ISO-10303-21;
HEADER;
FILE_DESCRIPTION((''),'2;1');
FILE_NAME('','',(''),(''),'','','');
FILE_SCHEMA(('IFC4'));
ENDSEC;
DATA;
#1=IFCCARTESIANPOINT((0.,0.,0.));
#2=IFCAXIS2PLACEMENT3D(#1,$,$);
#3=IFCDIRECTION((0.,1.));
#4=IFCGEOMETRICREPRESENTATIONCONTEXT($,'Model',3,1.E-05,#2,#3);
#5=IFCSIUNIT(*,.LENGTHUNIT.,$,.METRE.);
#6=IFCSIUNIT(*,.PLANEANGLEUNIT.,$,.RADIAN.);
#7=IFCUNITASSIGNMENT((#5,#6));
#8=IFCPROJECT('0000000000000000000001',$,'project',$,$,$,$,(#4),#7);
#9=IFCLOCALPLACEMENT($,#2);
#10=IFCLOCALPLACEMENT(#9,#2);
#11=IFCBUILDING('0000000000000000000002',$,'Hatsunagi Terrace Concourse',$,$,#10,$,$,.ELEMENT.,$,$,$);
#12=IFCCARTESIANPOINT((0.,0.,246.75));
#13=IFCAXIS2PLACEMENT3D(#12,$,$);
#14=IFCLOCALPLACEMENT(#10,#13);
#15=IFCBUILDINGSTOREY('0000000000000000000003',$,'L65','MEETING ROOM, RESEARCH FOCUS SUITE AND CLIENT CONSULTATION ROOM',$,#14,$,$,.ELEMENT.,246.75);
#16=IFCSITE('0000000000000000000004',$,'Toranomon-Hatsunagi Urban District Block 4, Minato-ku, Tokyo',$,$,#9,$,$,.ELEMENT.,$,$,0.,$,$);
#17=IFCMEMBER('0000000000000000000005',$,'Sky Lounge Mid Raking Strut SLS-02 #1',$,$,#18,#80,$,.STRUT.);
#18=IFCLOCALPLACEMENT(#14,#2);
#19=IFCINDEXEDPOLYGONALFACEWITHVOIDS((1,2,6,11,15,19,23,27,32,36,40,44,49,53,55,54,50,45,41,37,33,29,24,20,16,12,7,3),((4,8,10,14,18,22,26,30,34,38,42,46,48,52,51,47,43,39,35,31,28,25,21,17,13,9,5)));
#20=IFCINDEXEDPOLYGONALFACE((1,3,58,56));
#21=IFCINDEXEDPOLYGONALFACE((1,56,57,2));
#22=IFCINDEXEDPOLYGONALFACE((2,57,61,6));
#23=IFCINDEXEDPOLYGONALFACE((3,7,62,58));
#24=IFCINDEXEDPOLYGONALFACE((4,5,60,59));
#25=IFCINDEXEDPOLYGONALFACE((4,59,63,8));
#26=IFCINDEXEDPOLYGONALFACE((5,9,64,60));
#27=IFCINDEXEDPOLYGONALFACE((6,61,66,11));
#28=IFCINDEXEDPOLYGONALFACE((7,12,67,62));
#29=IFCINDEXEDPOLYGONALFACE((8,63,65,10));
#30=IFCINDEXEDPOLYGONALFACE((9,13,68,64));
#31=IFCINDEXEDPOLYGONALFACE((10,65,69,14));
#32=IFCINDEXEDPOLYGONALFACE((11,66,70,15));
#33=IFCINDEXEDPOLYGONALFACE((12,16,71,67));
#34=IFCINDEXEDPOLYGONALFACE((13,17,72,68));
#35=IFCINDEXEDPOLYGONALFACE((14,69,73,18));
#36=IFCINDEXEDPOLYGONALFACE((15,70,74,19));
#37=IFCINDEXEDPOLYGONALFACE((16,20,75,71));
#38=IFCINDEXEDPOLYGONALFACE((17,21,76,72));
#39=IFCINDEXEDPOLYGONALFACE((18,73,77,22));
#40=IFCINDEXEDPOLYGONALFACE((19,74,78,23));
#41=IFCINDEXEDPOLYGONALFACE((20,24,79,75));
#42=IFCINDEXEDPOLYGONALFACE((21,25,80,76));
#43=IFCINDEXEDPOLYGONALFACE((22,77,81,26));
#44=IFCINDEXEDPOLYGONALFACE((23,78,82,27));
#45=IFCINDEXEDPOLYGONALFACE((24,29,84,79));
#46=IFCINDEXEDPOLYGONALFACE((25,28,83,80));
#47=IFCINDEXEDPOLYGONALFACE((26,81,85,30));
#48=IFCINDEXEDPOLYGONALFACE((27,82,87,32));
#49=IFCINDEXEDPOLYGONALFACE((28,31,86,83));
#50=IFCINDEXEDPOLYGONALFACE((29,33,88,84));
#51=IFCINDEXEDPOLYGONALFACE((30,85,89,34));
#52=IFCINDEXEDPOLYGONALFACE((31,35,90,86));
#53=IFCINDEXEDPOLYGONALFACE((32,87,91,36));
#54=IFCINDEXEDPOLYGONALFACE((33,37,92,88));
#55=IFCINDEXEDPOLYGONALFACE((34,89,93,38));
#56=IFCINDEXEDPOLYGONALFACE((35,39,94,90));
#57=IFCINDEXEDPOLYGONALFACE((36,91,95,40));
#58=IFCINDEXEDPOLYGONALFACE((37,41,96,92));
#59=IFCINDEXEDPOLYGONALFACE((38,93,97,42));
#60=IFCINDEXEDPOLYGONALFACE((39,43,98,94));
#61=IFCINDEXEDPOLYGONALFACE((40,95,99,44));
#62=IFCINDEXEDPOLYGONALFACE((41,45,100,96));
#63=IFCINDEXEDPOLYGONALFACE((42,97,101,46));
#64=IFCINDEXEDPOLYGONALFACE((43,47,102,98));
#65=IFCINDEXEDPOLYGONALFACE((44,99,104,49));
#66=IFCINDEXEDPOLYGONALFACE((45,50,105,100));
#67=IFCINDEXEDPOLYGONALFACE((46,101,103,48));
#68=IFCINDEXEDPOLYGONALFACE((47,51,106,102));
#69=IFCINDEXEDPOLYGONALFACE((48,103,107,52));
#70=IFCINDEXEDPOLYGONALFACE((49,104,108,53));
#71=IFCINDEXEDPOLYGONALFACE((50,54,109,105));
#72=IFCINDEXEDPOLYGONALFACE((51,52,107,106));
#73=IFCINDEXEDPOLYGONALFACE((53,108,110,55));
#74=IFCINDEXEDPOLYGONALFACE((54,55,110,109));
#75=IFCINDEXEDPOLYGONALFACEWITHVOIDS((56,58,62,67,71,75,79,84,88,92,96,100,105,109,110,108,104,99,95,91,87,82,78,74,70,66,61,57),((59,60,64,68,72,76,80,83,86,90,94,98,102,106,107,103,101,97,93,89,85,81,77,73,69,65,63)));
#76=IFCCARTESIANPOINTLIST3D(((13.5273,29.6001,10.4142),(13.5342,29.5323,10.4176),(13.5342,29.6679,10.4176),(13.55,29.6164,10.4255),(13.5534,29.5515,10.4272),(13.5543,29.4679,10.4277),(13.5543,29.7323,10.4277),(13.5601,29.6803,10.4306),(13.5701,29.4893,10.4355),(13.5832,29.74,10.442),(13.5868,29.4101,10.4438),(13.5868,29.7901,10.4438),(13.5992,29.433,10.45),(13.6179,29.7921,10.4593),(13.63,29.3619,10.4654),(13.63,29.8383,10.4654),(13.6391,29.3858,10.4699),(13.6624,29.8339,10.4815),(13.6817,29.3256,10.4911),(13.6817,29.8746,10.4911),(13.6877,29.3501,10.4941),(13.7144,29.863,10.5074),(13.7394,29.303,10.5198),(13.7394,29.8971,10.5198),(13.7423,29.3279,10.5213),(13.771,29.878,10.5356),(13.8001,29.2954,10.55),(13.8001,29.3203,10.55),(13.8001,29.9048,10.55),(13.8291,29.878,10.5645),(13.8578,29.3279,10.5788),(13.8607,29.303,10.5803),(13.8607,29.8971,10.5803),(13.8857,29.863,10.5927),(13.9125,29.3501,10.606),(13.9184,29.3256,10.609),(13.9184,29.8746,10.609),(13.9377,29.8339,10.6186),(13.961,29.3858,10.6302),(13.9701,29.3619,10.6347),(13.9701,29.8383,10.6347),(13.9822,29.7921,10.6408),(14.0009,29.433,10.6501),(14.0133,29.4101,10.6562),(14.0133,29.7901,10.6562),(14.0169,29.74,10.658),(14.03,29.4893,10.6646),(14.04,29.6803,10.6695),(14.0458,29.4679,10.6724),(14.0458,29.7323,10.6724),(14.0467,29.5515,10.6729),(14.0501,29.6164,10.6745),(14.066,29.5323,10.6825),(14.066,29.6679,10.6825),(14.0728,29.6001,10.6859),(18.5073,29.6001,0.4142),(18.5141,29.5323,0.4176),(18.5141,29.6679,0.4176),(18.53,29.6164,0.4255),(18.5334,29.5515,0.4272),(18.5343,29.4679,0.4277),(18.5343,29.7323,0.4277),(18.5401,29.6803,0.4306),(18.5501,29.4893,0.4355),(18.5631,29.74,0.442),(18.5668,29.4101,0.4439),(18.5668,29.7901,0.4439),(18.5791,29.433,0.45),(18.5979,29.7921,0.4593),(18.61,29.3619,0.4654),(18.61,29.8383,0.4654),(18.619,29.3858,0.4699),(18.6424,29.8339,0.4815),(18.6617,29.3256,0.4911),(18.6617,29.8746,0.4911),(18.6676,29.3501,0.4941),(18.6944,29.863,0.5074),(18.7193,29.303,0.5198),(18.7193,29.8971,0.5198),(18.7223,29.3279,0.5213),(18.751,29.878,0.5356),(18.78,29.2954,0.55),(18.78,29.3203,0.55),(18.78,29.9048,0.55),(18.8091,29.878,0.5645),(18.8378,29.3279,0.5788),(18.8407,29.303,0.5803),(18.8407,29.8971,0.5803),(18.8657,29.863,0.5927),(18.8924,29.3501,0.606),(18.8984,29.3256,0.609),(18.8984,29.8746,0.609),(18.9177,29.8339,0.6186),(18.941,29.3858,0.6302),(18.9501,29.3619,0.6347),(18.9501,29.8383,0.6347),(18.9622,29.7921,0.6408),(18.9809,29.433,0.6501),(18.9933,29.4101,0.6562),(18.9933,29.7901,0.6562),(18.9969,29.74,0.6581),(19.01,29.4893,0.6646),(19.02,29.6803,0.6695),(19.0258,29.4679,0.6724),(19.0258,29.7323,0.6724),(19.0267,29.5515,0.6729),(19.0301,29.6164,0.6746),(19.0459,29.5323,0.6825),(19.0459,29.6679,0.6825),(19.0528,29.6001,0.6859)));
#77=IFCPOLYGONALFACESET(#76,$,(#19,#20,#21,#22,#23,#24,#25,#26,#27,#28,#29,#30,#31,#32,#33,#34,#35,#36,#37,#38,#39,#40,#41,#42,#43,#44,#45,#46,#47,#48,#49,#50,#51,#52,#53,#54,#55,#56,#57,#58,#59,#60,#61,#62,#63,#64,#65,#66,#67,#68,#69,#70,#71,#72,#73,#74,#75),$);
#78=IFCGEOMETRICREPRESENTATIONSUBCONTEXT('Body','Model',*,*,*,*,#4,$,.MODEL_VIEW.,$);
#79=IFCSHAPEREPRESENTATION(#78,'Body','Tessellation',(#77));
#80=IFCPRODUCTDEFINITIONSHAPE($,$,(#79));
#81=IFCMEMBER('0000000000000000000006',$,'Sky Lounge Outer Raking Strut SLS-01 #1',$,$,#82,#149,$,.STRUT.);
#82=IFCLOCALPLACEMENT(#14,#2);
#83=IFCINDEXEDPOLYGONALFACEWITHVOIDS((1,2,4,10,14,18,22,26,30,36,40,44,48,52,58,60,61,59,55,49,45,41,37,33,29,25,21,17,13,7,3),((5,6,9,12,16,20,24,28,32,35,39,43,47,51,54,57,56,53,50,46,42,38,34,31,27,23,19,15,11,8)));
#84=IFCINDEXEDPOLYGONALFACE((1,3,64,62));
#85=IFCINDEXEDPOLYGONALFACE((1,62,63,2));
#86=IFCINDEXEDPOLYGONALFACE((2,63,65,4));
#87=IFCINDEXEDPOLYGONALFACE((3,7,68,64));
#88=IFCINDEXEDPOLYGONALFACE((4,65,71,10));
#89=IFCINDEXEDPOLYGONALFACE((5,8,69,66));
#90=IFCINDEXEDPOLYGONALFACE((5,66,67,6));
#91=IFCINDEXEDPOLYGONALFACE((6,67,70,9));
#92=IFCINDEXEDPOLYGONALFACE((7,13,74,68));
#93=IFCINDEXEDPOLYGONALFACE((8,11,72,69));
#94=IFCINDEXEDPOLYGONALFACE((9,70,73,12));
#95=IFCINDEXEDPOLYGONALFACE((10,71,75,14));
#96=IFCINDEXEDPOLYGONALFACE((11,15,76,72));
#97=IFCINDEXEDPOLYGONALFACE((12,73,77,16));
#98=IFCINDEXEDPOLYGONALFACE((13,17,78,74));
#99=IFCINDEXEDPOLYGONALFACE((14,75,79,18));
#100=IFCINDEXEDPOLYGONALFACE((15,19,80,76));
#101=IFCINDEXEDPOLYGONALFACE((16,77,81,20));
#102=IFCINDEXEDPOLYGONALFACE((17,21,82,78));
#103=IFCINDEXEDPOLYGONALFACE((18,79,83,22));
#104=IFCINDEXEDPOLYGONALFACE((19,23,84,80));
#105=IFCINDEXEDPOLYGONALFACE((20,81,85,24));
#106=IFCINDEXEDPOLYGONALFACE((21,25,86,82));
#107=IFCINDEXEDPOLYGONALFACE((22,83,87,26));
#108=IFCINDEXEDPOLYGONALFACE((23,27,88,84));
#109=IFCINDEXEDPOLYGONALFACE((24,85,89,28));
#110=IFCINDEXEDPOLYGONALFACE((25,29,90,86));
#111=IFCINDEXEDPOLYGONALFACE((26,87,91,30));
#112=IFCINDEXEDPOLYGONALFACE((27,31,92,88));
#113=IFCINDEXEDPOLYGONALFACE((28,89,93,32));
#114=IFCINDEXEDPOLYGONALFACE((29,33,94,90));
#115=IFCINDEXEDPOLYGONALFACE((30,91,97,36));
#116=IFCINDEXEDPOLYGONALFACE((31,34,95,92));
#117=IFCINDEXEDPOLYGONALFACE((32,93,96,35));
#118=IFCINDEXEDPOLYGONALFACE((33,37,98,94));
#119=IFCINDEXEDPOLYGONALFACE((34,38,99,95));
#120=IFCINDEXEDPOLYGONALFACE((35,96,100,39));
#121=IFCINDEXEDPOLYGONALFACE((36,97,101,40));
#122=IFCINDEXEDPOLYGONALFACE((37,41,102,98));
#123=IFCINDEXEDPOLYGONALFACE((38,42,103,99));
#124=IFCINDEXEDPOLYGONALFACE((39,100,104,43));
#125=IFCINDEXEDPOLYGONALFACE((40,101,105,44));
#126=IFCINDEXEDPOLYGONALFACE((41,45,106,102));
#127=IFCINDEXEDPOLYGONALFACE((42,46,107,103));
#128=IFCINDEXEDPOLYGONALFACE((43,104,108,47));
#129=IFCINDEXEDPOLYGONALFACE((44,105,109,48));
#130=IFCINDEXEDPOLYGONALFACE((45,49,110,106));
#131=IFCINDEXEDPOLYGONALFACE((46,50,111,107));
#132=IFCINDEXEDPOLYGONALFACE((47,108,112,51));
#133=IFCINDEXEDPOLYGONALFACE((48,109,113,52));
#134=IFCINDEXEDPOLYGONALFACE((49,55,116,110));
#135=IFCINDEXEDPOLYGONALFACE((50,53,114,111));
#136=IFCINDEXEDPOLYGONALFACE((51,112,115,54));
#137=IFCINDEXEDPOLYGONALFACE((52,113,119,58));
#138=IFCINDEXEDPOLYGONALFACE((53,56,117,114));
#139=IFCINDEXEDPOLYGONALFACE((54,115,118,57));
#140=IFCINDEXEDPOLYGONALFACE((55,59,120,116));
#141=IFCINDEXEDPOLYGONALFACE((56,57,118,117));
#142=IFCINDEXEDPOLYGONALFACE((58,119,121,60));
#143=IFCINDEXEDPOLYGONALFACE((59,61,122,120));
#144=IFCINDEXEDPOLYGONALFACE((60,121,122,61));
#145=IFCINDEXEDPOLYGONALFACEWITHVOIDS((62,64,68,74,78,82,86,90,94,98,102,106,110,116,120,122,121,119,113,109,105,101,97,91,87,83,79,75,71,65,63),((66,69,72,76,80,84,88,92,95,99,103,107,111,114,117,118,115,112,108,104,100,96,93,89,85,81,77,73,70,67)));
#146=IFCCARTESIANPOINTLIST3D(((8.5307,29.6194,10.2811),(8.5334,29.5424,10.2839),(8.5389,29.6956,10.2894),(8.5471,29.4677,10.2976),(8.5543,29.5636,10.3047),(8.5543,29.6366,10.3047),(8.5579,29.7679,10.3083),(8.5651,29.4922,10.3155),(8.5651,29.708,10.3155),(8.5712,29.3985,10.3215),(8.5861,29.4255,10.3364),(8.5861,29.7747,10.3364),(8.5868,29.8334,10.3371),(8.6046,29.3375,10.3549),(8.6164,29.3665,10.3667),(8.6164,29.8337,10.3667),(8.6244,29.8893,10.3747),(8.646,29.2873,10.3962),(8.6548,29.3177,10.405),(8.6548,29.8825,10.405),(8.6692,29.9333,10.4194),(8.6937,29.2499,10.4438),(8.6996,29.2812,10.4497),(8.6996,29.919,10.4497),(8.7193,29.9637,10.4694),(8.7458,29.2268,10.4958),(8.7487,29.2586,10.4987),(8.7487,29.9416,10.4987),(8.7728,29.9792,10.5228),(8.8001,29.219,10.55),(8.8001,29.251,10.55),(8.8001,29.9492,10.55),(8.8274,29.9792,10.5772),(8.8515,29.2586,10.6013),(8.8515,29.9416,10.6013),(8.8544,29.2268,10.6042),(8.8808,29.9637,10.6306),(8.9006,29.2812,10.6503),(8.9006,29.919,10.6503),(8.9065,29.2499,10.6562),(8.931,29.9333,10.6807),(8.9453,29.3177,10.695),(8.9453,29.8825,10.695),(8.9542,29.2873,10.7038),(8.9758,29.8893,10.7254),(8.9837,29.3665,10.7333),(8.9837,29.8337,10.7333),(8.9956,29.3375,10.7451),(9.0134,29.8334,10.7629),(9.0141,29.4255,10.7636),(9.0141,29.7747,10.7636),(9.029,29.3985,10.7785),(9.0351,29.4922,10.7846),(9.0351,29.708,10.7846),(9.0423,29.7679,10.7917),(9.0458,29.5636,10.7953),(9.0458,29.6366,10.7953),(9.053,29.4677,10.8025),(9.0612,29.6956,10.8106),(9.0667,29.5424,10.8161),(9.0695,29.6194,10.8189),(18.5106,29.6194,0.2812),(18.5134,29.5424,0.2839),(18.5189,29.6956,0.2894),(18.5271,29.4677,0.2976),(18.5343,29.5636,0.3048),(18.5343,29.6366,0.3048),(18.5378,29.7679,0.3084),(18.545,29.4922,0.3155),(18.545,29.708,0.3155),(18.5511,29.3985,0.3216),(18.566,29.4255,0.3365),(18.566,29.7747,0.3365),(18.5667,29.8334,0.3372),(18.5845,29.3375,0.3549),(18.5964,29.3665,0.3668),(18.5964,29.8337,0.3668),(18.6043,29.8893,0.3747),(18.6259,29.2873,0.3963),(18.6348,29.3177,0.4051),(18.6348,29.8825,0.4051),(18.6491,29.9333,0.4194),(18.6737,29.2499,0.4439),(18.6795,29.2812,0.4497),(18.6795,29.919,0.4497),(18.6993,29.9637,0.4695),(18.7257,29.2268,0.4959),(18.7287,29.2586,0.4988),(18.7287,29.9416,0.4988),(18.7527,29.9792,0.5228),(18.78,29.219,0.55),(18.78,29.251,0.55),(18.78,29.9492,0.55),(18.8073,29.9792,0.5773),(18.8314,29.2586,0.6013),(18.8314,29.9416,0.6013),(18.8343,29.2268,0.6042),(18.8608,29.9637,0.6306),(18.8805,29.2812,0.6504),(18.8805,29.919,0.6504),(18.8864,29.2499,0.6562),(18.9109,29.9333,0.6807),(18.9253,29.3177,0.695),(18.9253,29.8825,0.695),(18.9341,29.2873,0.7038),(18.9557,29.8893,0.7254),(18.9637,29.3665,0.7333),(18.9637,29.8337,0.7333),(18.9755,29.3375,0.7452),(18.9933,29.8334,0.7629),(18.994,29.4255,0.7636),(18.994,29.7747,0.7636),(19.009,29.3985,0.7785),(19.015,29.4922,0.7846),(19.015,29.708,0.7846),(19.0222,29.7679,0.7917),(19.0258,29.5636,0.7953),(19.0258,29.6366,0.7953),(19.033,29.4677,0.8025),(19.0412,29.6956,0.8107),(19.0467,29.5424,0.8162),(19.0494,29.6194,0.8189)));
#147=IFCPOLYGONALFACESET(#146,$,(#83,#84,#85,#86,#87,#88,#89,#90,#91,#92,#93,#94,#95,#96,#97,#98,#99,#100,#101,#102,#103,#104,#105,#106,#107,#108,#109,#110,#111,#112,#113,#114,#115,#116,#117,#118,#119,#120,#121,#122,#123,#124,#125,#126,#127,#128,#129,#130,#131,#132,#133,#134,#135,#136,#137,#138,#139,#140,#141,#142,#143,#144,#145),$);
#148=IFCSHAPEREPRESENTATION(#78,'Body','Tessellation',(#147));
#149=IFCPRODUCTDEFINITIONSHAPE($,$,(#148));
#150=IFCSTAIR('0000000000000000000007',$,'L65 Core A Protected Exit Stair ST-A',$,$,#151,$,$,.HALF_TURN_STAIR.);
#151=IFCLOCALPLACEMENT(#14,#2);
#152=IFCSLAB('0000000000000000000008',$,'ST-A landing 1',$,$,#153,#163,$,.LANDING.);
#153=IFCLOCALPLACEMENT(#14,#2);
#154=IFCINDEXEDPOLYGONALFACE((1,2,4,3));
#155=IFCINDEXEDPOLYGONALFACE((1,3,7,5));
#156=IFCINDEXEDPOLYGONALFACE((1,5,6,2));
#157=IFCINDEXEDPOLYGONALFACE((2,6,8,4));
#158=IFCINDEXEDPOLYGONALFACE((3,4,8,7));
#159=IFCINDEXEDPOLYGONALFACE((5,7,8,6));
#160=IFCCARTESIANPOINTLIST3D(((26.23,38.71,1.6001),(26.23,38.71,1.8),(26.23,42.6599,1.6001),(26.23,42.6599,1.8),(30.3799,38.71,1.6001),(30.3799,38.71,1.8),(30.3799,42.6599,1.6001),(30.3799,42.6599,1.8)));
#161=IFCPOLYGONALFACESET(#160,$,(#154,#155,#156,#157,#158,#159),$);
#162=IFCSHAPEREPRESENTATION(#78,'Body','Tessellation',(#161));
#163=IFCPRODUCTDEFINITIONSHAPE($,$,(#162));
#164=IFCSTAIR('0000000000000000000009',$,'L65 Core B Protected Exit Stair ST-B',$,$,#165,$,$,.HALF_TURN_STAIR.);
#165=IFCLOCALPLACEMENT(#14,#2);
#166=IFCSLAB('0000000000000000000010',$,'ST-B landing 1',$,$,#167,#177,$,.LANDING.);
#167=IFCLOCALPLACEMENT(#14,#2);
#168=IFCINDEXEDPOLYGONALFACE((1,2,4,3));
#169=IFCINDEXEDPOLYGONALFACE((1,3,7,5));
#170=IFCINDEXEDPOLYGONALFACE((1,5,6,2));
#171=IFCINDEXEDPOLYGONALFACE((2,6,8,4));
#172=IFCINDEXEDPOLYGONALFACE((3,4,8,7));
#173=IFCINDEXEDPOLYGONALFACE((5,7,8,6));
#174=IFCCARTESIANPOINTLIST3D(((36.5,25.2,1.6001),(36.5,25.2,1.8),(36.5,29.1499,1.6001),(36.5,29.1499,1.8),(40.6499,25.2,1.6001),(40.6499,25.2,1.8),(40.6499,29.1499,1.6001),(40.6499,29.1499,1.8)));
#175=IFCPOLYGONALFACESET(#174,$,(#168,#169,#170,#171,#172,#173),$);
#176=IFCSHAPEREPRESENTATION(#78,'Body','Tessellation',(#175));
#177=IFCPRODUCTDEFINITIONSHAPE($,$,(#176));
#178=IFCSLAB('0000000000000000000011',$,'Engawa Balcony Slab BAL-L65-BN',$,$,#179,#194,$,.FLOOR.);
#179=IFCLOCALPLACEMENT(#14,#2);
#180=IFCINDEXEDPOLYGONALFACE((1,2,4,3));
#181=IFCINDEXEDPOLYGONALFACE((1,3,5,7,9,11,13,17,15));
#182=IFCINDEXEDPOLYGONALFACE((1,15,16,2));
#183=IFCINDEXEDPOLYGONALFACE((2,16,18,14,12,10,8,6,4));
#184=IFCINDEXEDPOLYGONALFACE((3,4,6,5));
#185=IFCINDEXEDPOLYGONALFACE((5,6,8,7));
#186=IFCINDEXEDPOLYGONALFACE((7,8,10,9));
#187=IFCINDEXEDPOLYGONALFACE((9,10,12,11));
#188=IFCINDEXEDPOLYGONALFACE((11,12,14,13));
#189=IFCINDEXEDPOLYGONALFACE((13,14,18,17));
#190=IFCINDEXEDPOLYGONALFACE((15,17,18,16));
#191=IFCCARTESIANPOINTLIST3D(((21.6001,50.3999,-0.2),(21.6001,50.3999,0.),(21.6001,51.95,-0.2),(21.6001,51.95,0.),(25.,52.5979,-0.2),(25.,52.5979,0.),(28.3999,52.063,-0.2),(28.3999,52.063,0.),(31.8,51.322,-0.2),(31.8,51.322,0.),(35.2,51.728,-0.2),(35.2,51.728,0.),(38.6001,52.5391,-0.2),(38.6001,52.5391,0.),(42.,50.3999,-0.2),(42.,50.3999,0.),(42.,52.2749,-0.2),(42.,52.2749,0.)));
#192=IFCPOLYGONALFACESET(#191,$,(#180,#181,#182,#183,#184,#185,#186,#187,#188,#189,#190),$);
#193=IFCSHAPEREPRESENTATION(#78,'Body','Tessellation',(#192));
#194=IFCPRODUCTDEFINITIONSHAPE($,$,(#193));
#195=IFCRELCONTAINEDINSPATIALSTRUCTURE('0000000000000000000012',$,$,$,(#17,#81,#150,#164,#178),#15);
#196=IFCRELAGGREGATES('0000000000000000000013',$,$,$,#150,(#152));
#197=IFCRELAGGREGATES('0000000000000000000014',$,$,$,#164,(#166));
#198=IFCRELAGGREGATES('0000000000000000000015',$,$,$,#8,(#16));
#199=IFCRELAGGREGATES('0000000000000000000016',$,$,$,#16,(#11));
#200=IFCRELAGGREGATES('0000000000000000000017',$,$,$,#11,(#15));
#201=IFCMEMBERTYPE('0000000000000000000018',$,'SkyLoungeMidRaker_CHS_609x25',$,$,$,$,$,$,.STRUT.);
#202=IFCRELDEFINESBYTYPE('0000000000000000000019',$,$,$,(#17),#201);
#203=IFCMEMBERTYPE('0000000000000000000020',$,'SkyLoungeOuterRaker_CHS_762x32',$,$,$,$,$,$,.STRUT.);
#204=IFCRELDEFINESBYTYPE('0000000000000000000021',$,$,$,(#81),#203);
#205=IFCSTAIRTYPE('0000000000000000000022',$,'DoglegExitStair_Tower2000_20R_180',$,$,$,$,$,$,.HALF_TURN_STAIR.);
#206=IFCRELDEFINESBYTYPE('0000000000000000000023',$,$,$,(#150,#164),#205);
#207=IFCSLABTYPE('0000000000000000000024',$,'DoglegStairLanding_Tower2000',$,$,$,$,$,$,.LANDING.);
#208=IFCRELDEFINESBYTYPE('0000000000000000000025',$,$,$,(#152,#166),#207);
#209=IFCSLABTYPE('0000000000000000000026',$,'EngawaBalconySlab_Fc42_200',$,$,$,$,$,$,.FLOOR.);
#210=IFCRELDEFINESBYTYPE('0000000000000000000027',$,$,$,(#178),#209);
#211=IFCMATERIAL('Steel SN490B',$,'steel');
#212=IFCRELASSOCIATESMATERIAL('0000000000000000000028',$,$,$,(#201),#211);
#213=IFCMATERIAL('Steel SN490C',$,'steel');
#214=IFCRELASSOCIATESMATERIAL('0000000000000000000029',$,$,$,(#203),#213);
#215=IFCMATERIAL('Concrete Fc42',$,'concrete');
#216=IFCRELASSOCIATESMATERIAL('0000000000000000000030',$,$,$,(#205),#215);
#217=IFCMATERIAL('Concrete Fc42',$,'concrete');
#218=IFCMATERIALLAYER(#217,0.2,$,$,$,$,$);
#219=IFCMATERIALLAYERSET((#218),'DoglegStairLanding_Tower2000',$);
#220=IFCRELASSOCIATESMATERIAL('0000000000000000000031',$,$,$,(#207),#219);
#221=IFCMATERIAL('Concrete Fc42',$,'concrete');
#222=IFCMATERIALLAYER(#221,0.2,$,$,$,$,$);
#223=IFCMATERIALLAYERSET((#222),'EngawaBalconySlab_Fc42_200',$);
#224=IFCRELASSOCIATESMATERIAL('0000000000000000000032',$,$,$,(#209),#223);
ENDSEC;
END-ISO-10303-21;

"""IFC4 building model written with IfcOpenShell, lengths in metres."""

from ifc_helpers import new_model, si_unit, direction, frame, origin, origin_2d, place, context, subcontext, project, spatial, polyline, hollow_circle, outline, extrude, material, layer, layer_set, material_profile, profile_set, type_object, element, aggregate, save


model = new_model("IFC4")

# Units and contexts
model_context = context("Model", 3, precision=1e-05, world=origin(), true_north=direction((0.0, 1.0)))
body_context = subcontext(model_context, "Body", "Model", "MODEL_VIEW")
ifc_project = project(units=[si_unit("LENGTHUNIT", "METRE"), si_unit("PLANEANGLEUNIT", "RADIAN")], contexts=[model_context])

# Site, building, storey
site_placement = place(None, origin())
site = spatial("IfcSite", under=ifc_project, at=site_placement, Name="Toranomon-Hatsunagi Urban District Block 4, Minato-ku, Tokyo", CompositionType="ELEMENT", RefElevation=0.0)
building_placement = place(site_placement, origin())
building = spatial("IfcBuilding", under=site, at=building_placement, Name="Hatsunagi Terrace Concourse", CompositionType="ELEMENT")
storey_placement = place(building_placement, frame((0.0, 0.0, 246.75)))
storey = spatial("IfcBuildingStorey", under=building, at=storey_placement, Name="L65", Description="MEETING ROOM, RESEARCH FOCUS SUITE AND CLIENT CONSULTATION ROOM", CompositionType="ELEMENT", Elevation=246.75)

# Members
ifc_material_1 = material(Name="Steel SN490B", Category="steel")
ifc_material_profile_1 = material_profile(ifc_material_1, hollow_circle(Radius=0.3047, WallThickness=0.0249, at=origin_2d()), Name="CHS-609.6x25")
ifc_profile_set_1 = profile_set([ifc_material_profile_1], Name="Steel SN490B")
member_type_1 = type_object("IfcMemberType", Name="SkyLoungeMidRaker_CHS_609x25", PredefinedType="STRUT", material=ifc_profile_set_1)
member_1_placement = place(storey_placement, frame((18.78, 29.6001, 0.55), z_axis=(-0.445779, 0.0, 0.895143), x_axis=(0.0, -1.0, 0.0)))
element("IfcMember", 1, at=member_1_placement, inside=storey, type_object=member_type_1, Name="Sky Lounge Mid Raking Strut SLS-02 #1", PredefinedType="STRUT", context=body_context, shape_type="SweptSolid", body=[
    extrude(hollow_circle(Radius=0.3047, WallThickness=0.0249, at=origin_2d()), origin(), (0.0, 0.0, 1.0), 11.1714),
])
ifc_material_2 = material(Name="Steel SN490C", Category="steel")
ifc_material_profile_2 = material_profile(ifc_material_2, hollow_circle(Radius=0.3811, WallThickness=0.032, at=origin_2d()), Name="CHS-762x32")
ifc_profile_set_2 = profile_set([ifc_material_profile_2], Name="Steel SN490C")
member_type_2 = type_object("IfcMemberType", Name="SkyLoungeOuterRaker_CHS_762x32", PredefinedType="STRUT", material=ifc_profile_set_2)
member_2_placement = place(storey_placement, frame((18.78, 29.6001, 0.55), z_axis=(-0.706398, 0.0, 0.707815), x_axis=(0.0, -1.0, 0.0)))
element("IfcMember", 2, at=member_2_placement, inside=storey, type_object=member_type_2, Name="Sky Lounge Outer Raking Strut SLS-01 #1", PredefinedType="STRUT", context=body_context, shape_type="SweptSolid", body=[
    extrude(hollow_circle(Radius=0.3811, WallThickness=0.032, at=origin_2d()), origin(), (0.0, 0.0, 1.0), 14.1279),
])

# Stairs, slabs
ifc_material_3 = material(Name="Concrete Fc42", Category="concrete")
stair_type = type_object("IfcStairType", Name="DoglegExitStair_Tower2000_20R_180", PredefinedType="HALF_TURN_STAIR", material=ifc_material_3)
stair_1_placement = place(storey_placement, origin())
stair_1 = element("IfcStair", 3, at=stair_1_placement, inside=storey, type_object=stair_type, Name="L65 Core A Protected Exit Stair ST-A", PredefinedType="HALF_TURN_STAIR")
ifc_material_4 = material(Name="Concrete Fc42", Category="concrete")
ifc_layer_1 = layer(ifc_material_4, 0.2)
ifc_layer_set_1 = layer_set([ifc_layer_1], Name="DoglegStairLanding_Tower2000")
slab_type_1 = type_object("IfcSlabType", Name="DoglegStairLanding_Tower2000", PredefinedType="LANDING", material=ifc_layer_set_1)
slab_1_placement = place(storey_placement, frame((0.0, 0.0, 1.6001)))
slab_1 = element("IfcSlab", 4, at=slab_1_placement, type_object=slab_type_1, Name="ST-A landing 1", PredefinedType="LANDING", context=body_context, shape_type="SweptSolid", body=[
    extrude(outline(polyline([(30.3799, 38.71), (30.3799, 42.6599), (26.23, 42.6599), (26.23, 38.71), (30.3799, 38.71)])), origin(), (0.0, 0.0, 1.0), 0.2),
])
aggregate(stair_1, [slab_1])
stair_2_placement = place(storey_placement, origin())
stair_2 = element("IfcStair", 5, at=stair_2_placement, inside=storey, type_object=stair_type, Name="L65 Core B Protected Exit Stair ST-B", PredefinedType="HALF_TURN_STAIR")
slab_2_placement = place(storey_placement, frame((0.0, 0.0, 1.6001)))
slab_2 = element("IfcSlab", 6, at=slab_2_placement, type_object=slab_type_1, Name="ST-B landing 1", PredefinedType="LANDING", context=body_context, shape_type="SweptSolid", body=[
    extrude(outline(polyline([(36.5, 29.1499), (36.5, 25.2), (40.6499, 25.2), (40.6499, 29.1499), (36.5, 29.1499)])), origin(), (0.0, 0.0, 1.0), 0.2),
])
aggregate(stair_2, [slab_2])

# Slab
ifc_material_5 = material(Name="Concrete Fc42", Category="concrete")
ifc_layer_2 = layer(ifc_material_5, 0.2)
ifc_layer_set_2 = layer_set([ifc_layer_2], Name="EngawaBalconySlab_Fc42_200")
slab_type_2 = type_object("IfcSlabType", Name="EngawaBalconySlab_Fc42_200", PredefinedType="FLOOR", material=ifc_layer_set_2)
slab_3_placement = place(storey_placement, frame((0.0, 0.0, -0.2)))
element("IfcSlab", 7, at=slab_3_placement, inside=storey, type_object=slab_type_2, Name="Engawa Balcony Slab BAL-L65-BN", PredefinedType="FLOOR", context=body_context, shape_type="SweptSolid", body=[
    extrude(outline(polyline([(21.6001, 51.95), (21.6001, 50.3999), (42.0, 50.3999), (42.0, 52.2749), (38.6001, 52.5391), (35.2, 51.728), (31.8, 51.322), (28.3999, 52.063), (25.0, 52.5979), (21.6001, 51.95)])), origin(), (0.0, 0.0, 1.0), 0.2),
])

save(model, "model.ifc")
